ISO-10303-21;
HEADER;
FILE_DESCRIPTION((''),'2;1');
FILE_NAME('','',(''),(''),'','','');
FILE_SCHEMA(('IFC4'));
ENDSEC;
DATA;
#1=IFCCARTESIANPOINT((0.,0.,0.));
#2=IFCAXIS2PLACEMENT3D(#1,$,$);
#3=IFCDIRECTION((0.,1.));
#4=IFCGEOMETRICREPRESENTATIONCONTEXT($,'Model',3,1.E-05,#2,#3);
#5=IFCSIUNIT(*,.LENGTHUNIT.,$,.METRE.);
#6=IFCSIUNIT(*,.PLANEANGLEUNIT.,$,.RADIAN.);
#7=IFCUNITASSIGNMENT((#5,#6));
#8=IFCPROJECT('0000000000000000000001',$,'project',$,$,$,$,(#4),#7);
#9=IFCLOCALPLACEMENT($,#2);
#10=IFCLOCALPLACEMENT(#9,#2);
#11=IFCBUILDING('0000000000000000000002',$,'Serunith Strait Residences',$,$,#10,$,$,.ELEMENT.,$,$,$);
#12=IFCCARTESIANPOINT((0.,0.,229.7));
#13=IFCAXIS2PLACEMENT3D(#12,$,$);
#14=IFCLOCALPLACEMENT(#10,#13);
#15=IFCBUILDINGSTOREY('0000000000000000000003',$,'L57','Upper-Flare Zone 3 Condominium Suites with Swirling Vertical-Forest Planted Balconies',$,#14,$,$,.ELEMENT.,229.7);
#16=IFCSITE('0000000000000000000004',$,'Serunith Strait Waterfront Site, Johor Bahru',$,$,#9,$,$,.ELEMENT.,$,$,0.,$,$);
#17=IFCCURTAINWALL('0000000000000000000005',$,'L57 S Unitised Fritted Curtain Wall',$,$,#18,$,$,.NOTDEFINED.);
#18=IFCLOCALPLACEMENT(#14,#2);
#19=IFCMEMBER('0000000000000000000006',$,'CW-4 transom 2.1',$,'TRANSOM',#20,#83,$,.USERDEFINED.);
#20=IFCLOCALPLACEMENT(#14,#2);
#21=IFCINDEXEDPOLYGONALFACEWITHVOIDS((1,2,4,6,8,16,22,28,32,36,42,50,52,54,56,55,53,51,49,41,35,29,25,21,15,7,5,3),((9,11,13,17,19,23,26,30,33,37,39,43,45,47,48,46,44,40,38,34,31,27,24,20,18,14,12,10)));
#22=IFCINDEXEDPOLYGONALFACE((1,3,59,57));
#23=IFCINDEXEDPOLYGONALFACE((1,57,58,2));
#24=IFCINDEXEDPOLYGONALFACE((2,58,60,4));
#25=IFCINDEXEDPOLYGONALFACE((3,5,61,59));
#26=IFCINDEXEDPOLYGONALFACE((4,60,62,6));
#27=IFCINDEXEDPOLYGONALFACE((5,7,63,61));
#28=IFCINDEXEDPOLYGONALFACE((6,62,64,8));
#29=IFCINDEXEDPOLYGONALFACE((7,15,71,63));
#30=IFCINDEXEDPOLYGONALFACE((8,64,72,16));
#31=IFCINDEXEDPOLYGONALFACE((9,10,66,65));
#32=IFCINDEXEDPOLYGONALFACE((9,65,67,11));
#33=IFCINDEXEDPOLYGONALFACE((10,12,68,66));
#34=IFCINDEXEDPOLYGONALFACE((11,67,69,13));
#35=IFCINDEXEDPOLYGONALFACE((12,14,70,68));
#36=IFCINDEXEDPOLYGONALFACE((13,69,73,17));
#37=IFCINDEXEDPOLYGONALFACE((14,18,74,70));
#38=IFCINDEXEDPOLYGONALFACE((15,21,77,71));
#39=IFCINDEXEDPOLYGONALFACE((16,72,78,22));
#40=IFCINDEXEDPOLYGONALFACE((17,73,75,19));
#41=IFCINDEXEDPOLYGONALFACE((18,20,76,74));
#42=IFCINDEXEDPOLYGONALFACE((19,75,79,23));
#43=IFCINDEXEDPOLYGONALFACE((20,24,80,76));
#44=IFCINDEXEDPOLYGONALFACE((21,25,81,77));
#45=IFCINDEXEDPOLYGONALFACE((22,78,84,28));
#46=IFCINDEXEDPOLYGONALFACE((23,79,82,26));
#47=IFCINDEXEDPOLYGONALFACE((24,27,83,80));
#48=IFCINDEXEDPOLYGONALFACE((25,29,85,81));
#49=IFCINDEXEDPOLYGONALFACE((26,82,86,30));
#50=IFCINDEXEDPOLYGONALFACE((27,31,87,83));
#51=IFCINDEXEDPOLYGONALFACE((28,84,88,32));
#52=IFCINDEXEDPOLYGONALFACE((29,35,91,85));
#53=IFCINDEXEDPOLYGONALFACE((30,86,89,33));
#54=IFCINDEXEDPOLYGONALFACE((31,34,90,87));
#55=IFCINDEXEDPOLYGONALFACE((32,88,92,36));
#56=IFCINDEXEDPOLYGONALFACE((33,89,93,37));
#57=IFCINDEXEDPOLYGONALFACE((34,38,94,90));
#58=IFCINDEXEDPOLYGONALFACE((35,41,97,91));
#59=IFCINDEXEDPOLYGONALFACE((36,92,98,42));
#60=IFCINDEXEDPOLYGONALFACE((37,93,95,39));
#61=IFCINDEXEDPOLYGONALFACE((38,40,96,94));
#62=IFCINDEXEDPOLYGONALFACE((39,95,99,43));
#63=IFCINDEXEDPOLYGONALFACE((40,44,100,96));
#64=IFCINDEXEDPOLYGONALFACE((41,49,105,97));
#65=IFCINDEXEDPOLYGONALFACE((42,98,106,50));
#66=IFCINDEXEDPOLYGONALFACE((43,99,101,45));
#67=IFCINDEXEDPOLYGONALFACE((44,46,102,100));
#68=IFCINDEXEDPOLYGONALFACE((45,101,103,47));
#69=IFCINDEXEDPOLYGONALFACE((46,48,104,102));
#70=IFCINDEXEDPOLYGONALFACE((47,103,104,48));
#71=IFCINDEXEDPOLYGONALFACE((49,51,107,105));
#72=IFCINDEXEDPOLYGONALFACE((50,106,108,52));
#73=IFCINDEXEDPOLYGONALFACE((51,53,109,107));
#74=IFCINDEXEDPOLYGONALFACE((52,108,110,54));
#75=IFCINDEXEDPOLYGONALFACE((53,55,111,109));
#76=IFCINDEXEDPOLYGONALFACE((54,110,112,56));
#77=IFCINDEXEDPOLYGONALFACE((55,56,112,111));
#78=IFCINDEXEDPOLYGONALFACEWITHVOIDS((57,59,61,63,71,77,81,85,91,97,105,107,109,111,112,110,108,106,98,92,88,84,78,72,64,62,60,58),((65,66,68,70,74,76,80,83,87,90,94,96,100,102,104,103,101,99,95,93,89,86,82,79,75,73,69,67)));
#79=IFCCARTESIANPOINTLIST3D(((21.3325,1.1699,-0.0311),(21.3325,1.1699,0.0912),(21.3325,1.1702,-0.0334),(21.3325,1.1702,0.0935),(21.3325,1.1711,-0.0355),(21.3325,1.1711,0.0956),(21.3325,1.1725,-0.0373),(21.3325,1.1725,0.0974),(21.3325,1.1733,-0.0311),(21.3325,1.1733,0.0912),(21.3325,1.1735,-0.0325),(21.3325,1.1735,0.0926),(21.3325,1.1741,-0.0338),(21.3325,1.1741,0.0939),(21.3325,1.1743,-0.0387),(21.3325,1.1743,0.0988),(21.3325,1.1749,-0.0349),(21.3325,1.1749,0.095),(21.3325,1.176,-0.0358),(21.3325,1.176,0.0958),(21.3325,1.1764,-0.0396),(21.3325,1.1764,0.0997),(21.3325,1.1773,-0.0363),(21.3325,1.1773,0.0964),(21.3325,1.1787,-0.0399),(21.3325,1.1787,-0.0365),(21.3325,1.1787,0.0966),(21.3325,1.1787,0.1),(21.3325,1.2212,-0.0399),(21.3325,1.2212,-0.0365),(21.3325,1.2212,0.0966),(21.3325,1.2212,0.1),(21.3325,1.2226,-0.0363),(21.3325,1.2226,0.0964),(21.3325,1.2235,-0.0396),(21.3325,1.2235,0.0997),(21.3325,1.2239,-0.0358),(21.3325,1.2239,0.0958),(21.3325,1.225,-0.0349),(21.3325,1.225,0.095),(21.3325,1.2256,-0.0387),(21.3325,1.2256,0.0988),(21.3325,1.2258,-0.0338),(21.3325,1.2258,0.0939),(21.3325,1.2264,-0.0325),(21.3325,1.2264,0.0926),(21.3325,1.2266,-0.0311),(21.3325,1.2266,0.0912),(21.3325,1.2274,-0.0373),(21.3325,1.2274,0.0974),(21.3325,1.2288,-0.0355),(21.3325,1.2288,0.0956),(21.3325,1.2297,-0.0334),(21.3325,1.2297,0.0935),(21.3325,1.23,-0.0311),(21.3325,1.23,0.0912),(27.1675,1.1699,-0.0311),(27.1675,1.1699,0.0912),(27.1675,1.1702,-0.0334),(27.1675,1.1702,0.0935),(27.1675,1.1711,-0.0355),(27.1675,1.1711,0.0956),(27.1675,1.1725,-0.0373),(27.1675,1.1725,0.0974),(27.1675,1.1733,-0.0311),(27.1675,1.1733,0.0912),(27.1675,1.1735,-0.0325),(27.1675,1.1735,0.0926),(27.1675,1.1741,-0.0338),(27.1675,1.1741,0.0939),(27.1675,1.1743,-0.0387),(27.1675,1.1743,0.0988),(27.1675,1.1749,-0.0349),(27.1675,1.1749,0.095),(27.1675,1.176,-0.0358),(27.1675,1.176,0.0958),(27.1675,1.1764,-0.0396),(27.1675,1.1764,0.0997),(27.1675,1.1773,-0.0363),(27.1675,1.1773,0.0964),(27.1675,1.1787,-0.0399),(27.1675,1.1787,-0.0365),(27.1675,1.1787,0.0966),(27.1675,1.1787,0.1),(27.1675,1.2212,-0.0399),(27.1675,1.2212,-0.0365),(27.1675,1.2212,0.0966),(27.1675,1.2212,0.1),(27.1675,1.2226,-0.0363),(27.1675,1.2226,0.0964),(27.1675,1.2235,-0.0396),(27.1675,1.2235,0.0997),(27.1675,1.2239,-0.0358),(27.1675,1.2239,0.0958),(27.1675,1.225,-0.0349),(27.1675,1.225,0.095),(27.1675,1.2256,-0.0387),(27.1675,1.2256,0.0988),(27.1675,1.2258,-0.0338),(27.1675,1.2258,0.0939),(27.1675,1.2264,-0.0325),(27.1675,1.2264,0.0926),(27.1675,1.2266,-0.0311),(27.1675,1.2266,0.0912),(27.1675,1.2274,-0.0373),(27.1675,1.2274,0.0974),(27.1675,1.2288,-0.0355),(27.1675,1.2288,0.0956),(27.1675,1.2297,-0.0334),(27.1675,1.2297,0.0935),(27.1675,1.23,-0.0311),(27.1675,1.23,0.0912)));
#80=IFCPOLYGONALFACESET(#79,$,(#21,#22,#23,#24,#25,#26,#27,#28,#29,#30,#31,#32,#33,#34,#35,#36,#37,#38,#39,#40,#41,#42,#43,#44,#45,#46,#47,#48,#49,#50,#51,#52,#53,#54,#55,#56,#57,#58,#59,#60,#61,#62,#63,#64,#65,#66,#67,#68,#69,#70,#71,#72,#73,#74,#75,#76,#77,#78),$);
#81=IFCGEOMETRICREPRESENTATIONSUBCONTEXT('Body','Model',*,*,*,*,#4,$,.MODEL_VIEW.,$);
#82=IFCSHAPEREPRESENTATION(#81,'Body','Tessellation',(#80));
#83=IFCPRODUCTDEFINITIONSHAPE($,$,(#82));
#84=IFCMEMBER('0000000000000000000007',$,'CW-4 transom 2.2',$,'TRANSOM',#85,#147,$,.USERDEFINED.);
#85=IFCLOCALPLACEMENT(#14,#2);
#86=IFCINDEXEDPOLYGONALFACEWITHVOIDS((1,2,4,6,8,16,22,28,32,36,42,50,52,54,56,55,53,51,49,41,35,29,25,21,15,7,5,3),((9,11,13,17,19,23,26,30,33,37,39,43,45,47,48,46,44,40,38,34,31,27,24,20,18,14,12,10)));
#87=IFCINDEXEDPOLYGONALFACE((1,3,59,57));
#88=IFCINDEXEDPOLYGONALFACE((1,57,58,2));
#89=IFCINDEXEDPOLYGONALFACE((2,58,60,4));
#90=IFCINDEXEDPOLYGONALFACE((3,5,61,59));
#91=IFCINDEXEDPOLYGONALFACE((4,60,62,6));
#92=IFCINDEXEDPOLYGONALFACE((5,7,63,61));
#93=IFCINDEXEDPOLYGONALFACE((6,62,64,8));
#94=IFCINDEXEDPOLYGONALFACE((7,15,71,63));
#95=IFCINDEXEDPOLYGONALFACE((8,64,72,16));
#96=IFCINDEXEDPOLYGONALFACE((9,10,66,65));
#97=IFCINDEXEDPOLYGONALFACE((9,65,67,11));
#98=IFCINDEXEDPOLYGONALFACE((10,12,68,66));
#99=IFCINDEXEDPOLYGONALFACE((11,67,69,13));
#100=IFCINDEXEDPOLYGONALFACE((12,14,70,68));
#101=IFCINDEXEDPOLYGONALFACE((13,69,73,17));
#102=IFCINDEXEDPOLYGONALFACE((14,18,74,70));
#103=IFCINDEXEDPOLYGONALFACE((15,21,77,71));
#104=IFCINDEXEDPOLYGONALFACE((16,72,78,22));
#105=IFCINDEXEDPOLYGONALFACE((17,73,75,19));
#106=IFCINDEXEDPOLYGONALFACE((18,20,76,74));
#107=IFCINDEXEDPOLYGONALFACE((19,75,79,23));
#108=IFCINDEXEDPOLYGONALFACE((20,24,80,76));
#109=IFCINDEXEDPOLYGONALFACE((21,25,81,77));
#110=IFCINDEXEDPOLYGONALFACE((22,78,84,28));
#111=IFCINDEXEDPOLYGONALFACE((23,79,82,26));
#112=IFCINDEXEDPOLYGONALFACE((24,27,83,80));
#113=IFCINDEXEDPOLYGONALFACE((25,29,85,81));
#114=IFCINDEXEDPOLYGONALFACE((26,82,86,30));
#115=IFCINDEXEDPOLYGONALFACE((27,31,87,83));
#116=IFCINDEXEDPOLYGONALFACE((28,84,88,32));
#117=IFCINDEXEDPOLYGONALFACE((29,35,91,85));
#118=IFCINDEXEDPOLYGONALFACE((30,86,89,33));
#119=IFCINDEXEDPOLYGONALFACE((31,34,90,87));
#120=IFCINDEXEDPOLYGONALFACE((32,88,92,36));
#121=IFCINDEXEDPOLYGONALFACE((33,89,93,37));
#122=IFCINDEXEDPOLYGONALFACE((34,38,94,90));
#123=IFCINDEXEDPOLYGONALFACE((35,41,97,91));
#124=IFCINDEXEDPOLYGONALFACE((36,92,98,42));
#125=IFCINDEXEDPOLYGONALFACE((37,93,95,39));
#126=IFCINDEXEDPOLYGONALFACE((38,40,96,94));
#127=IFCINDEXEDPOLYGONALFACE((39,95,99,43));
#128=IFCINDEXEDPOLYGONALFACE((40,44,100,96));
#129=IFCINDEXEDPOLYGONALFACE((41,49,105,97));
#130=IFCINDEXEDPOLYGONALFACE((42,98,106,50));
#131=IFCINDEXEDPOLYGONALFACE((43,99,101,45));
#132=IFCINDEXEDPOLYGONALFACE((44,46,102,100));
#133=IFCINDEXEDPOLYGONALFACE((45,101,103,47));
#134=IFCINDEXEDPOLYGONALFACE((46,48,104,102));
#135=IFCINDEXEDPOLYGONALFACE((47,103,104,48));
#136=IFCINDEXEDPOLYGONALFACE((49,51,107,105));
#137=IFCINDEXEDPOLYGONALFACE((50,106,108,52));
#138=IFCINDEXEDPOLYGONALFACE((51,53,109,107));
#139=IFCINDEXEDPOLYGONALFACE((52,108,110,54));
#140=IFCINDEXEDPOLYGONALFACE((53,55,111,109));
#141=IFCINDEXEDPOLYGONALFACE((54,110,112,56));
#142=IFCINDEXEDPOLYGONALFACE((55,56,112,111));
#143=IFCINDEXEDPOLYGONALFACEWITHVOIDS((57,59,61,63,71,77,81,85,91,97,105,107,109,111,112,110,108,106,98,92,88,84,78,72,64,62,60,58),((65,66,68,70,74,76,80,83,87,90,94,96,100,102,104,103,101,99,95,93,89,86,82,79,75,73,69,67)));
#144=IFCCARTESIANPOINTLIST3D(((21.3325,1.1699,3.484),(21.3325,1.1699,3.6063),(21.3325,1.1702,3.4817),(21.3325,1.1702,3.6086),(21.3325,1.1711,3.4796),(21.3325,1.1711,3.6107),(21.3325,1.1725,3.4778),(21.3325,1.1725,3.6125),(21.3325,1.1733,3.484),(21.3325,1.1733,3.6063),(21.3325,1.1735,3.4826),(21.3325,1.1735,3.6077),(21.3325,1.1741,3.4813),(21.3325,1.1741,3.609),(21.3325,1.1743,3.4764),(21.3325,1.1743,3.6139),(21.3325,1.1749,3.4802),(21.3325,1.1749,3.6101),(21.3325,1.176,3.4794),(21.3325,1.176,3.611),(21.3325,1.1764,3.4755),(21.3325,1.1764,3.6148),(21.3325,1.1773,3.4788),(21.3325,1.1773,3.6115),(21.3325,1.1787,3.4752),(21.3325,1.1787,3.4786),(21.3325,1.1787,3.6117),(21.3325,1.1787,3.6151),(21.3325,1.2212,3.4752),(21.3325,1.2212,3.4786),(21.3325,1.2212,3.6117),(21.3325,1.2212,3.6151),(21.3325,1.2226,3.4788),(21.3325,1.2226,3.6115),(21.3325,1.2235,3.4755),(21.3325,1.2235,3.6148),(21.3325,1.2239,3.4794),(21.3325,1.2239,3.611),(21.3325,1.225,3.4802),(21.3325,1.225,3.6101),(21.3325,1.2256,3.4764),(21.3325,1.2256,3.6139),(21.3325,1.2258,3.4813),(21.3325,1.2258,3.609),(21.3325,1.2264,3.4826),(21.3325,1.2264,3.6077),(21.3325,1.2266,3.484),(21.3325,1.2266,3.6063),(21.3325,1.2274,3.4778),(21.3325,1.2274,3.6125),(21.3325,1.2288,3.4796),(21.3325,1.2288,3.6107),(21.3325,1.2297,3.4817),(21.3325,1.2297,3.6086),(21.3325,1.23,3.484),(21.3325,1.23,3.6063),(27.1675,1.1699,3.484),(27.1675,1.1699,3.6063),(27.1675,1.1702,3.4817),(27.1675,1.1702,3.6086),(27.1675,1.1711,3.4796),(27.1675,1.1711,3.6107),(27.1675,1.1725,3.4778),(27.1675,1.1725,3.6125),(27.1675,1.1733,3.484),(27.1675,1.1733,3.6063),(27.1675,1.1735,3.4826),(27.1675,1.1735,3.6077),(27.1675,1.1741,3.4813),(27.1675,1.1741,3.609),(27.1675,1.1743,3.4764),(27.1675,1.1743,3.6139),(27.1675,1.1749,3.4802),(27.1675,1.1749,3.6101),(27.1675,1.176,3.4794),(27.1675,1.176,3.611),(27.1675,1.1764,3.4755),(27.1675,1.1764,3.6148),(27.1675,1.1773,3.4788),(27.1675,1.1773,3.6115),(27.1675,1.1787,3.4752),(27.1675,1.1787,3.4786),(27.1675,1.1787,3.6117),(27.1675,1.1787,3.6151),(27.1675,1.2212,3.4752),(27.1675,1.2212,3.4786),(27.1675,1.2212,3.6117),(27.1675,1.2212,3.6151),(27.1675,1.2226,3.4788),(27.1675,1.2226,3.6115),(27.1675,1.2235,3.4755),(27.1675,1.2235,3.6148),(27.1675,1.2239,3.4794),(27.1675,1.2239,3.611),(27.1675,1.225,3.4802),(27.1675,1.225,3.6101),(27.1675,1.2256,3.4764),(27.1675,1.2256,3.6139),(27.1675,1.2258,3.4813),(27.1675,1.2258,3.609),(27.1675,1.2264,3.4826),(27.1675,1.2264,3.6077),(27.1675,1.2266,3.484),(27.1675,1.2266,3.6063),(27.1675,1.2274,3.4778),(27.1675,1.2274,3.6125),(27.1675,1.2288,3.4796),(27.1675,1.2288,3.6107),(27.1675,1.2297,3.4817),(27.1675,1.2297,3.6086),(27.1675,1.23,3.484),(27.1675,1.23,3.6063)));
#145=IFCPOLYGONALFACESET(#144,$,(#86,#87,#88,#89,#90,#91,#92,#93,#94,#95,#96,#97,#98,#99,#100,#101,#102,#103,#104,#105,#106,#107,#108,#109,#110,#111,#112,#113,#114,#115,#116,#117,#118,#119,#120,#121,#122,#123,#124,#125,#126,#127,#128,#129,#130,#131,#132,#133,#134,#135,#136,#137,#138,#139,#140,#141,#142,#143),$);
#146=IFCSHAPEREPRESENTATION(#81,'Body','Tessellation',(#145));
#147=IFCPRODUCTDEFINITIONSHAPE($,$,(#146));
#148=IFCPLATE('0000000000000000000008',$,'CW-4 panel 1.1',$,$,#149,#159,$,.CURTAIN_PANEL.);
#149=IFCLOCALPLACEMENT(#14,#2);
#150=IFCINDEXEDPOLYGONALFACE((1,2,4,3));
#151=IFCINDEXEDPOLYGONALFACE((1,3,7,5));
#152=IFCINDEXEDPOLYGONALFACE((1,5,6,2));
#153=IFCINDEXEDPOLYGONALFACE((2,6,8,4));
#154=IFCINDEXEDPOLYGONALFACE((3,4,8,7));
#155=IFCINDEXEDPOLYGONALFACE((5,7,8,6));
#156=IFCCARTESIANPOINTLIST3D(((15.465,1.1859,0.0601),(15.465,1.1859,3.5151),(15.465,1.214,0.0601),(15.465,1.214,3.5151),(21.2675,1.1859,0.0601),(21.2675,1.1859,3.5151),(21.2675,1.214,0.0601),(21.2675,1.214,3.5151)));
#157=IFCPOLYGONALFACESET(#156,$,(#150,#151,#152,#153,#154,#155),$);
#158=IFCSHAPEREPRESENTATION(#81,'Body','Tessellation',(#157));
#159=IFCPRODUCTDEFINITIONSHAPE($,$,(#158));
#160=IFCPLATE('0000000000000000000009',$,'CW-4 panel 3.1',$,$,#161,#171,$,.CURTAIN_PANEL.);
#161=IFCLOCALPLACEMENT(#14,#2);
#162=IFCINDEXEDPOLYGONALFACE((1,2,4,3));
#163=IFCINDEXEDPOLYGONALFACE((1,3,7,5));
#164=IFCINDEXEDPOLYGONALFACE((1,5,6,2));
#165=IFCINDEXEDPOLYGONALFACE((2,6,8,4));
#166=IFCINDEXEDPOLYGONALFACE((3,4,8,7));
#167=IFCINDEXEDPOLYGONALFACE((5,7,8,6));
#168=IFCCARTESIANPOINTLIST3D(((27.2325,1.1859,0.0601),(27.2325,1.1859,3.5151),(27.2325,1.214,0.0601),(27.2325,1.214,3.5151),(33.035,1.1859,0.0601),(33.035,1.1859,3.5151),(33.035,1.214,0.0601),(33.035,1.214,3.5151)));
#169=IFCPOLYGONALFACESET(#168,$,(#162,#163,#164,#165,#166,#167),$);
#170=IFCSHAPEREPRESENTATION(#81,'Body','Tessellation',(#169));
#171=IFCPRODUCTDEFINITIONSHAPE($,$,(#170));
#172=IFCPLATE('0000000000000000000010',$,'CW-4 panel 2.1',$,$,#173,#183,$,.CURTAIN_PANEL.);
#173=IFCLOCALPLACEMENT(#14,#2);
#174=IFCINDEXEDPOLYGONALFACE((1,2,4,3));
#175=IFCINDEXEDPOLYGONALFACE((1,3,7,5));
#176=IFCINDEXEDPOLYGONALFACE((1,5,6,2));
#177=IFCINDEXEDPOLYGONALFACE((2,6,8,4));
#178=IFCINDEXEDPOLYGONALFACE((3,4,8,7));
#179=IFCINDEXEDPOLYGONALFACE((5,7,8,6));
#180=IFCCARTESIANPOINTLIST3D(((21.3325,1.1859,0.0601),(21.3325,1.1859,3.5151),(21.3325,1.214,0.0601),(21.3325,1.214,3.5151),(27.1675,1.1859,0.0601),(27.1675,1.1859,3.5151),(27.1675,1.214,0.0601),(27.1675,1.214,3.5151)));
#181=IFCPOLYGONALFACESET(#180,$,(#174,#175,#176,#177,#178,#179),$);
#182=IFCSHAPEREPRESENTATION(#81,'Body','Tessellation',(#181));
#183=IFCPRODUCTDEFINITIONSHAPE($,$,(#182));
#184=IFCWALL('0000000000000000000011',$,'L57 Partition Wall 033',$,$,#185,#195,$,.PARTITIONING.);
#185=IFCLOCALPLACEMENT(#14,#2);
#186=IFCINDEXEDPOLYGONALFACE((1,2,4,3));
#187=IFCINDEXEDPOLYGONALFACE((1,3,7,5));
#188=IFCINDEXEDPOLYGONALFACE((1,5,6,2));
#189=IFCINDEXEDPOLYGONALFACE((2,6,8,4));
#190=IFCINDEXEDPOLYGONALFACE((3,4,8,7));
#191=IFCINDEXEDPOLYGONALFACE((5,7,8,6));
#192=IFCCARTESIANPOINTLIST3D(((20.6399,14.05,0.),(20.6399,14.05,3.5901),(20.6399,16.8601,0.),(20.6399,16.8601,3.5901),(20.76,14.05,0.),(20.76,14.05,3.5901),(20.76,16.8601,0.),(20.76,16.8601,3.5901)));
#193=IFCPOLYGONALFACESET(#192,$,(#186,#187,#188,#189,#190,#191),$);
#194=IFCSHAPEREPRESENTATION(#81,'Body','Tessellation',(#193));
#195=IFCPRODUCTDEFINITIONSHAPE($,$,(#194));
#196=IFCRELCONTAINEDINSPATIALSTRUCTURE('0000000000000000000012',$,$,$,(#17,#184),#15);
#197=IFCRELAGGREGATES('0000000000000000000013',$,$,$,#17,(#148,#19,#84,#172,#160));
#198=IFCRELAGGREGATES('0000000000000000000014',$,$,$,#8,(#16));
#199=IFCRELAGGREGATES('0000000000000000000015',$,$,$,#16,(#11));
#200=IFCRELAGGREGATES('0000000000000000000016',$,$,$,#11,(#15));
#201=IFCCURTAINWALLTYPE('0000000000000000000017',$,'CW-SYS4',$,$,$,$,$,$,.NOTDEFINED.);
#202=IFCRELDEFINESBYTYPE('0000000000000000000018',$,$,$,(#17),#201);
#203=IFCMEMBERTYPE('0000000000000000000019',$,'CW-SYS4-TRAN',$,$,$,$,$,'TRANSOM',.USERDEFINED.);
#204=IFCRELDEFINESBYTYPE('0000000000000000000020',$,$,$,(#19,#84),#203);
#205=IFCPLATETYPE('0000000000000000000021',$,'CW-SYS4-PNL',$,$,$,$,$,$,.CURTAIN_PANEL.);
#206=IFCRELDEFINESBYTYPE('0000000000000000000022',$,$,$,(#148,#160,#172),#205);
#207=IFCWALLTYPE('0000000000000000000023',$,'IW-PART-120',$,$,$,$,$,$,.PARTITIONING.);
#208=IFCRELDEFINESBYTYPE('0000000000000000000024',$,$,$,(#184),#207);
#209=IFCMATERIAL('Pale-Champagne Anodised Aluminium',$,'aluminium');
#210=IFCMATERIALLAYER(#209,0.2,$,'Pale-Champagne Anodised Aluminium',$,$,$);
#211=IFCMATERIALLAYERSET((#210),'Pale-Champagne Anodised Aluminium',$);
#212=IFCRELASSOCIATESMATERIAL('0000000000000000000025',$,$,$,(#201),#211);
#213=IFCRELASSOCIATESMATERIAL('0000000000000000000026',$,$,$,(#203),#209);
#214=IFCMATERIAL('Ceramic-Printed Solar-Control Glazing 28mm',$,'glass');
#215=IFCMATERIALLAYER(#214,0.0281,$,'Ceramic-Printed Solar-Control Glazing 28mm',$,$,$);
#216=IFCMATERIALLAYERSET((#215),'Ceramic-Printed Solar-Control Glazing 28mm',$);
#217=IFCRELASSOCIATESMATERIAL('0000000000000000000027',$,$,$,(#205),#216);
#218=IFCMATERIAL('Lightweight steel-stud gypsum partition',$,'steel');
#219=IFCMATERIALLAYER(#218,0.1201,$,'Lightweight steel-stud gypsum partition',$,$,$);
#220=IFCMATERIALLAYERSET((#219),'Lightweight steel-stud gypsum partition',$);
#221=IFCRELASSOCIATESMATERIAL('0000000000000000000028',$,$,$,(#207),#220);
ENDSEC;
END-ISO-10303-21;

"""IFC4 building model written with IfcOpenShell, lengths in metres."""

from ifc_helpers import new_model, si_unit, direction, frame, frame_2d, origin, origin_2d, place, context, subcontext, project, spatial, rectangle, hollow_rectangle, extrude, source, transform, mapped, material, layer, layer_set, material_profile, profile_set, type_object, element, aggregate, save


model = new_model("IFC4")

# Units and contexts
model_context = context("Model", 3, precision=1e-05, world=origin(), true_north=direction((0.0, 1.0)))
body_context = subcontext(model_context, "Body", "Model", "MODEL_VIEW")
ifc_project = project(units=[si_unit("LENGTHUNIT", "METRE"), si_unit("PLANEANGLEUNIT", "RADIAN")], contexts=[model_context])

# Site, building, storey
site_placement = place(None, origin())
site = spatial("IfcSite", under=ifc_project, at=site_placement, Name="Serunith Strait Waterfront Site, Johor Bahru", CompositionType="ELEMENT", RefElevation=0.0)
building_placement = place(site_placement, origin())
building = spatial("IfcBuilding", under=site, at=building_placement, Name="Serunith Strait Residences", CompositionType="ELEMENT")
storey_placement = place(building_placement, frame((0.0, 0.0, 229.7)))
storey = spatial("IfcBuildingStorey", under=building, at=storey_placement, Name="L57", Description="Upper-Flare Zone 3 Condominium Suites with Swirling Vertical-Forest Planted Balconies", CompositionType="ELEMENT", Elevation=229.7)

# Curtain wall, members, plates
ifc_material_1 = material(Name="Pale-Champagne Anodised Aluminium", Category="aluminium")
ifc_layer_1 = layer(ifc_material_1, 0.2, Name="Pale-Champagne Anodised Aluminium")
ifc_layer_set_1 = layer_set([ifc_layer_1], Name="Pale-Champagne Anodised Aluminium")
curtain_wall_type = type_object("IfcCurtainWallType", Name="CW-SYS4", PredefinedType="NOTDEFINED", material=ifc_layer_set_1)
curtain_wall_placement = place(storey_placement, origin())
curtain_wall = element("IfcCurtainWall", 1, at=curtain_wall_placement, inside=storey, type_object=curtain_wall_type, Name="L57 S Unitised Fritted Curtain Wall", PredefinedType="NOTDEFINED")
ifc_material_profile_1 = material_profile(ifc_material_1, hollow_rectangle(XDim=0.0601, YDim=0.1399, WallThickness=0.0034, InnerFilletRadius=0.0054, OuterFilletRadius=0.0088, at=origin_2d()), Name="ALU 140x60x3.5")
ifc_profile_set_1 = profile_set([ifc_material_profile_1], Name="Pale-Champagne Anodised Aluminium")
member_type_1 = type_object("IfcMemberType", Name="CW-SYS4-TRAN", ElementType="TRANSOM", PredefinedType="USERDEFINED", material=ifc_profile_set_1)
shared_shape_1 = source(origin(), body_context, "Body", "SweptSolid", [
    extrude(hollow_rectangle(XDim=0.0601, YDim=0.1399, WallThickness=0.0034, InnerFilletRadius=0.0054, OuterFilletRadius=0.0088, at=origin_2d()), origin(), (0.0, 0.0, 1.0), 5.835),
])
member_1_placement = place(storey_placement, frame((21.3325, 1.2, 0.03), z_axis=(1.0, 0.0, 0.0), x_axis=(0.0, 1.0, 0.0)))
member_1 = element("IfcMember", 2, at=member_1_placement, type_object=member_type_1, Name="CW-4 transom 2.1", ObjectType="TRANSOM", PredefinedType="USERDEFINED", context=body_context, shape_type="MappedRepresentation", body=[
    mapped(shared_shape_1, transform((0.0, 0.0, 0.0), scale=1.0)),
])
member_2_placement = place(storey_placement, frame((21.3325, 1.2, 3.5452), z_axis=(1.0, 0.0, 0.0), x_axis=(0.0, 1.0, 0.0)))
member_2 = element("IfcMember", 3, at=member_2_placement, type_object=member_type_1, Name="CW-4 transom 2.2", ObjectType="TRANSOM", PredefinedType="USERDEFINED", context=body_context, shape_type="MappedRepresentation", body=[
    mapped(shared_shape_1, transform((0.0, 0.0, 0.0), scale=1.0)),
])
ifc_material_2 = material(Name="Ceramic-Printed Solar-Control Glazing 28mm", Category="glass")
ifc_layer_2 = layer(ifc_material_2, 0.0281, Name="Ceramic-Printed Solar-Control Glazing 28mm")
ifc_layer_set_2 = layer_set([ifc_layer_2], Name="Ceramic-Printed Solar-Control Glazing 28mm")
plate_type = type_object("IfcPlateType", Name="CW-SYS4-PNL", PredefinedType="CURTAIN_PANEL", material=ifc_layer_set_2)
shared_shape_2 = source(origin(), body_context, "Body", "SweptSolid", [
    extrude(rectangle(XDim=5.8025, YDim=0.0281, at=origin_2d()), origin(), (0.0, 0.0, 1.0), 3.4551),
])
plate_1_placement = place(storey_placement, frame((18.3662, 1.2, 0.0601), z_axis=(0.0, 0.0, 1.0), x_axis=(1.0, 0.0, 0.0)))
plate_1 = element("IfcPlate", 4, at=plate_1_placement, type_object=plate_type, Name="CW-4 panel 1.1", PredefinedType="CURTAIN_PANEL", context=body_context, shape_type="MappedRepresentation", body=[
    mapped(shared_shape_2, transform((0.0, 0.0, 0.0), scale=1.0)),
])
plate_2_placement = place(storey_placement, frame((30.1338, 1.2, 0.0601), z_axis=(0.0, 0.0, 1.0), x_axis=(1.0, 0.0, 0.0)))
plate_2 = element("IfcPlate", 5, at=plate_2_placement, type_object=plate_type, Name="CW-4 panel 3.1", PredefinedType="CURTAIN_PANEL", context=body_context, shape_type="MappedRepresentation", body=[
    mapped(shared_shape_2, transform((0.0, 0.0, 0.0), scale=1.0)),
])
shared_shape_3 = source(origin(), body_context, "Body", "SweptSolid", [
    extrude(rectangle(XDim=5.835, YDim=0.0281, at=origin_2d()), origin(), (0.0, 0.0, 1.0), 3.4551),
])
plate_3_placement = place(storey_placement, frame((24.25, 1.2, 0.0601), z_axis=(0.0, 0.0, 1.0), x_axis=(1.0, 0.0, 0.0)))
plate_3 = element("IfcPlate", 6, at=plate_3_placement, type_object=plate_type, Name="CW-4 panel 2.1", PredefinedType="CURTAIN_PANEL", context=body_context, shape_type="MappedRepresentation", body=[
    mapped(shared_shape_3, transform((0.0, 0.0, 0.0), scale=1.0)),
])
aggregate(curtain_wall, [plate_1, member_1, member_2, plate_3, plate_2])

# Wall
ifc_material_3 = material(Name="Lightweight steel-stud gypsum partition", Category="steel")
ifc_layer_3 = layer(ifc_material_3, 0.1201, Name="Lightweight steel-stud gypsum partition")
ifc_layer_set_3 = layer_set([ifc_layer_3], Name="Lightweight steel-stud gypsum partition")
wall_type = type_object("IfcWallType", Name="IW-PART-120", PredefinedType="PARTITIONING", material=ifc_layer_set_3)
wall_1_placement = place(storey_placement, frame((20.7, 14.05, 0.0), z_axis=(0.0, 0.0, 1.0), x_axis=(0.0, 1.0, 0.0)))
element("IfcWall", 7, at=wall_1_placement, inside=storey, type_object=wall_type, Name="L57 Partition Wall 033", PredefinedType="PARTITIONING", context=body_context, shape_type="SweptSolid", body=[
    extrude(rectangle(XDim=2.8101, YDim=0.1201, at=frame_2d((1.405, 0.0))), origin(), (0.0, 0.0, 1.0), 3.5901),
])

save(model, "model.ifc")
